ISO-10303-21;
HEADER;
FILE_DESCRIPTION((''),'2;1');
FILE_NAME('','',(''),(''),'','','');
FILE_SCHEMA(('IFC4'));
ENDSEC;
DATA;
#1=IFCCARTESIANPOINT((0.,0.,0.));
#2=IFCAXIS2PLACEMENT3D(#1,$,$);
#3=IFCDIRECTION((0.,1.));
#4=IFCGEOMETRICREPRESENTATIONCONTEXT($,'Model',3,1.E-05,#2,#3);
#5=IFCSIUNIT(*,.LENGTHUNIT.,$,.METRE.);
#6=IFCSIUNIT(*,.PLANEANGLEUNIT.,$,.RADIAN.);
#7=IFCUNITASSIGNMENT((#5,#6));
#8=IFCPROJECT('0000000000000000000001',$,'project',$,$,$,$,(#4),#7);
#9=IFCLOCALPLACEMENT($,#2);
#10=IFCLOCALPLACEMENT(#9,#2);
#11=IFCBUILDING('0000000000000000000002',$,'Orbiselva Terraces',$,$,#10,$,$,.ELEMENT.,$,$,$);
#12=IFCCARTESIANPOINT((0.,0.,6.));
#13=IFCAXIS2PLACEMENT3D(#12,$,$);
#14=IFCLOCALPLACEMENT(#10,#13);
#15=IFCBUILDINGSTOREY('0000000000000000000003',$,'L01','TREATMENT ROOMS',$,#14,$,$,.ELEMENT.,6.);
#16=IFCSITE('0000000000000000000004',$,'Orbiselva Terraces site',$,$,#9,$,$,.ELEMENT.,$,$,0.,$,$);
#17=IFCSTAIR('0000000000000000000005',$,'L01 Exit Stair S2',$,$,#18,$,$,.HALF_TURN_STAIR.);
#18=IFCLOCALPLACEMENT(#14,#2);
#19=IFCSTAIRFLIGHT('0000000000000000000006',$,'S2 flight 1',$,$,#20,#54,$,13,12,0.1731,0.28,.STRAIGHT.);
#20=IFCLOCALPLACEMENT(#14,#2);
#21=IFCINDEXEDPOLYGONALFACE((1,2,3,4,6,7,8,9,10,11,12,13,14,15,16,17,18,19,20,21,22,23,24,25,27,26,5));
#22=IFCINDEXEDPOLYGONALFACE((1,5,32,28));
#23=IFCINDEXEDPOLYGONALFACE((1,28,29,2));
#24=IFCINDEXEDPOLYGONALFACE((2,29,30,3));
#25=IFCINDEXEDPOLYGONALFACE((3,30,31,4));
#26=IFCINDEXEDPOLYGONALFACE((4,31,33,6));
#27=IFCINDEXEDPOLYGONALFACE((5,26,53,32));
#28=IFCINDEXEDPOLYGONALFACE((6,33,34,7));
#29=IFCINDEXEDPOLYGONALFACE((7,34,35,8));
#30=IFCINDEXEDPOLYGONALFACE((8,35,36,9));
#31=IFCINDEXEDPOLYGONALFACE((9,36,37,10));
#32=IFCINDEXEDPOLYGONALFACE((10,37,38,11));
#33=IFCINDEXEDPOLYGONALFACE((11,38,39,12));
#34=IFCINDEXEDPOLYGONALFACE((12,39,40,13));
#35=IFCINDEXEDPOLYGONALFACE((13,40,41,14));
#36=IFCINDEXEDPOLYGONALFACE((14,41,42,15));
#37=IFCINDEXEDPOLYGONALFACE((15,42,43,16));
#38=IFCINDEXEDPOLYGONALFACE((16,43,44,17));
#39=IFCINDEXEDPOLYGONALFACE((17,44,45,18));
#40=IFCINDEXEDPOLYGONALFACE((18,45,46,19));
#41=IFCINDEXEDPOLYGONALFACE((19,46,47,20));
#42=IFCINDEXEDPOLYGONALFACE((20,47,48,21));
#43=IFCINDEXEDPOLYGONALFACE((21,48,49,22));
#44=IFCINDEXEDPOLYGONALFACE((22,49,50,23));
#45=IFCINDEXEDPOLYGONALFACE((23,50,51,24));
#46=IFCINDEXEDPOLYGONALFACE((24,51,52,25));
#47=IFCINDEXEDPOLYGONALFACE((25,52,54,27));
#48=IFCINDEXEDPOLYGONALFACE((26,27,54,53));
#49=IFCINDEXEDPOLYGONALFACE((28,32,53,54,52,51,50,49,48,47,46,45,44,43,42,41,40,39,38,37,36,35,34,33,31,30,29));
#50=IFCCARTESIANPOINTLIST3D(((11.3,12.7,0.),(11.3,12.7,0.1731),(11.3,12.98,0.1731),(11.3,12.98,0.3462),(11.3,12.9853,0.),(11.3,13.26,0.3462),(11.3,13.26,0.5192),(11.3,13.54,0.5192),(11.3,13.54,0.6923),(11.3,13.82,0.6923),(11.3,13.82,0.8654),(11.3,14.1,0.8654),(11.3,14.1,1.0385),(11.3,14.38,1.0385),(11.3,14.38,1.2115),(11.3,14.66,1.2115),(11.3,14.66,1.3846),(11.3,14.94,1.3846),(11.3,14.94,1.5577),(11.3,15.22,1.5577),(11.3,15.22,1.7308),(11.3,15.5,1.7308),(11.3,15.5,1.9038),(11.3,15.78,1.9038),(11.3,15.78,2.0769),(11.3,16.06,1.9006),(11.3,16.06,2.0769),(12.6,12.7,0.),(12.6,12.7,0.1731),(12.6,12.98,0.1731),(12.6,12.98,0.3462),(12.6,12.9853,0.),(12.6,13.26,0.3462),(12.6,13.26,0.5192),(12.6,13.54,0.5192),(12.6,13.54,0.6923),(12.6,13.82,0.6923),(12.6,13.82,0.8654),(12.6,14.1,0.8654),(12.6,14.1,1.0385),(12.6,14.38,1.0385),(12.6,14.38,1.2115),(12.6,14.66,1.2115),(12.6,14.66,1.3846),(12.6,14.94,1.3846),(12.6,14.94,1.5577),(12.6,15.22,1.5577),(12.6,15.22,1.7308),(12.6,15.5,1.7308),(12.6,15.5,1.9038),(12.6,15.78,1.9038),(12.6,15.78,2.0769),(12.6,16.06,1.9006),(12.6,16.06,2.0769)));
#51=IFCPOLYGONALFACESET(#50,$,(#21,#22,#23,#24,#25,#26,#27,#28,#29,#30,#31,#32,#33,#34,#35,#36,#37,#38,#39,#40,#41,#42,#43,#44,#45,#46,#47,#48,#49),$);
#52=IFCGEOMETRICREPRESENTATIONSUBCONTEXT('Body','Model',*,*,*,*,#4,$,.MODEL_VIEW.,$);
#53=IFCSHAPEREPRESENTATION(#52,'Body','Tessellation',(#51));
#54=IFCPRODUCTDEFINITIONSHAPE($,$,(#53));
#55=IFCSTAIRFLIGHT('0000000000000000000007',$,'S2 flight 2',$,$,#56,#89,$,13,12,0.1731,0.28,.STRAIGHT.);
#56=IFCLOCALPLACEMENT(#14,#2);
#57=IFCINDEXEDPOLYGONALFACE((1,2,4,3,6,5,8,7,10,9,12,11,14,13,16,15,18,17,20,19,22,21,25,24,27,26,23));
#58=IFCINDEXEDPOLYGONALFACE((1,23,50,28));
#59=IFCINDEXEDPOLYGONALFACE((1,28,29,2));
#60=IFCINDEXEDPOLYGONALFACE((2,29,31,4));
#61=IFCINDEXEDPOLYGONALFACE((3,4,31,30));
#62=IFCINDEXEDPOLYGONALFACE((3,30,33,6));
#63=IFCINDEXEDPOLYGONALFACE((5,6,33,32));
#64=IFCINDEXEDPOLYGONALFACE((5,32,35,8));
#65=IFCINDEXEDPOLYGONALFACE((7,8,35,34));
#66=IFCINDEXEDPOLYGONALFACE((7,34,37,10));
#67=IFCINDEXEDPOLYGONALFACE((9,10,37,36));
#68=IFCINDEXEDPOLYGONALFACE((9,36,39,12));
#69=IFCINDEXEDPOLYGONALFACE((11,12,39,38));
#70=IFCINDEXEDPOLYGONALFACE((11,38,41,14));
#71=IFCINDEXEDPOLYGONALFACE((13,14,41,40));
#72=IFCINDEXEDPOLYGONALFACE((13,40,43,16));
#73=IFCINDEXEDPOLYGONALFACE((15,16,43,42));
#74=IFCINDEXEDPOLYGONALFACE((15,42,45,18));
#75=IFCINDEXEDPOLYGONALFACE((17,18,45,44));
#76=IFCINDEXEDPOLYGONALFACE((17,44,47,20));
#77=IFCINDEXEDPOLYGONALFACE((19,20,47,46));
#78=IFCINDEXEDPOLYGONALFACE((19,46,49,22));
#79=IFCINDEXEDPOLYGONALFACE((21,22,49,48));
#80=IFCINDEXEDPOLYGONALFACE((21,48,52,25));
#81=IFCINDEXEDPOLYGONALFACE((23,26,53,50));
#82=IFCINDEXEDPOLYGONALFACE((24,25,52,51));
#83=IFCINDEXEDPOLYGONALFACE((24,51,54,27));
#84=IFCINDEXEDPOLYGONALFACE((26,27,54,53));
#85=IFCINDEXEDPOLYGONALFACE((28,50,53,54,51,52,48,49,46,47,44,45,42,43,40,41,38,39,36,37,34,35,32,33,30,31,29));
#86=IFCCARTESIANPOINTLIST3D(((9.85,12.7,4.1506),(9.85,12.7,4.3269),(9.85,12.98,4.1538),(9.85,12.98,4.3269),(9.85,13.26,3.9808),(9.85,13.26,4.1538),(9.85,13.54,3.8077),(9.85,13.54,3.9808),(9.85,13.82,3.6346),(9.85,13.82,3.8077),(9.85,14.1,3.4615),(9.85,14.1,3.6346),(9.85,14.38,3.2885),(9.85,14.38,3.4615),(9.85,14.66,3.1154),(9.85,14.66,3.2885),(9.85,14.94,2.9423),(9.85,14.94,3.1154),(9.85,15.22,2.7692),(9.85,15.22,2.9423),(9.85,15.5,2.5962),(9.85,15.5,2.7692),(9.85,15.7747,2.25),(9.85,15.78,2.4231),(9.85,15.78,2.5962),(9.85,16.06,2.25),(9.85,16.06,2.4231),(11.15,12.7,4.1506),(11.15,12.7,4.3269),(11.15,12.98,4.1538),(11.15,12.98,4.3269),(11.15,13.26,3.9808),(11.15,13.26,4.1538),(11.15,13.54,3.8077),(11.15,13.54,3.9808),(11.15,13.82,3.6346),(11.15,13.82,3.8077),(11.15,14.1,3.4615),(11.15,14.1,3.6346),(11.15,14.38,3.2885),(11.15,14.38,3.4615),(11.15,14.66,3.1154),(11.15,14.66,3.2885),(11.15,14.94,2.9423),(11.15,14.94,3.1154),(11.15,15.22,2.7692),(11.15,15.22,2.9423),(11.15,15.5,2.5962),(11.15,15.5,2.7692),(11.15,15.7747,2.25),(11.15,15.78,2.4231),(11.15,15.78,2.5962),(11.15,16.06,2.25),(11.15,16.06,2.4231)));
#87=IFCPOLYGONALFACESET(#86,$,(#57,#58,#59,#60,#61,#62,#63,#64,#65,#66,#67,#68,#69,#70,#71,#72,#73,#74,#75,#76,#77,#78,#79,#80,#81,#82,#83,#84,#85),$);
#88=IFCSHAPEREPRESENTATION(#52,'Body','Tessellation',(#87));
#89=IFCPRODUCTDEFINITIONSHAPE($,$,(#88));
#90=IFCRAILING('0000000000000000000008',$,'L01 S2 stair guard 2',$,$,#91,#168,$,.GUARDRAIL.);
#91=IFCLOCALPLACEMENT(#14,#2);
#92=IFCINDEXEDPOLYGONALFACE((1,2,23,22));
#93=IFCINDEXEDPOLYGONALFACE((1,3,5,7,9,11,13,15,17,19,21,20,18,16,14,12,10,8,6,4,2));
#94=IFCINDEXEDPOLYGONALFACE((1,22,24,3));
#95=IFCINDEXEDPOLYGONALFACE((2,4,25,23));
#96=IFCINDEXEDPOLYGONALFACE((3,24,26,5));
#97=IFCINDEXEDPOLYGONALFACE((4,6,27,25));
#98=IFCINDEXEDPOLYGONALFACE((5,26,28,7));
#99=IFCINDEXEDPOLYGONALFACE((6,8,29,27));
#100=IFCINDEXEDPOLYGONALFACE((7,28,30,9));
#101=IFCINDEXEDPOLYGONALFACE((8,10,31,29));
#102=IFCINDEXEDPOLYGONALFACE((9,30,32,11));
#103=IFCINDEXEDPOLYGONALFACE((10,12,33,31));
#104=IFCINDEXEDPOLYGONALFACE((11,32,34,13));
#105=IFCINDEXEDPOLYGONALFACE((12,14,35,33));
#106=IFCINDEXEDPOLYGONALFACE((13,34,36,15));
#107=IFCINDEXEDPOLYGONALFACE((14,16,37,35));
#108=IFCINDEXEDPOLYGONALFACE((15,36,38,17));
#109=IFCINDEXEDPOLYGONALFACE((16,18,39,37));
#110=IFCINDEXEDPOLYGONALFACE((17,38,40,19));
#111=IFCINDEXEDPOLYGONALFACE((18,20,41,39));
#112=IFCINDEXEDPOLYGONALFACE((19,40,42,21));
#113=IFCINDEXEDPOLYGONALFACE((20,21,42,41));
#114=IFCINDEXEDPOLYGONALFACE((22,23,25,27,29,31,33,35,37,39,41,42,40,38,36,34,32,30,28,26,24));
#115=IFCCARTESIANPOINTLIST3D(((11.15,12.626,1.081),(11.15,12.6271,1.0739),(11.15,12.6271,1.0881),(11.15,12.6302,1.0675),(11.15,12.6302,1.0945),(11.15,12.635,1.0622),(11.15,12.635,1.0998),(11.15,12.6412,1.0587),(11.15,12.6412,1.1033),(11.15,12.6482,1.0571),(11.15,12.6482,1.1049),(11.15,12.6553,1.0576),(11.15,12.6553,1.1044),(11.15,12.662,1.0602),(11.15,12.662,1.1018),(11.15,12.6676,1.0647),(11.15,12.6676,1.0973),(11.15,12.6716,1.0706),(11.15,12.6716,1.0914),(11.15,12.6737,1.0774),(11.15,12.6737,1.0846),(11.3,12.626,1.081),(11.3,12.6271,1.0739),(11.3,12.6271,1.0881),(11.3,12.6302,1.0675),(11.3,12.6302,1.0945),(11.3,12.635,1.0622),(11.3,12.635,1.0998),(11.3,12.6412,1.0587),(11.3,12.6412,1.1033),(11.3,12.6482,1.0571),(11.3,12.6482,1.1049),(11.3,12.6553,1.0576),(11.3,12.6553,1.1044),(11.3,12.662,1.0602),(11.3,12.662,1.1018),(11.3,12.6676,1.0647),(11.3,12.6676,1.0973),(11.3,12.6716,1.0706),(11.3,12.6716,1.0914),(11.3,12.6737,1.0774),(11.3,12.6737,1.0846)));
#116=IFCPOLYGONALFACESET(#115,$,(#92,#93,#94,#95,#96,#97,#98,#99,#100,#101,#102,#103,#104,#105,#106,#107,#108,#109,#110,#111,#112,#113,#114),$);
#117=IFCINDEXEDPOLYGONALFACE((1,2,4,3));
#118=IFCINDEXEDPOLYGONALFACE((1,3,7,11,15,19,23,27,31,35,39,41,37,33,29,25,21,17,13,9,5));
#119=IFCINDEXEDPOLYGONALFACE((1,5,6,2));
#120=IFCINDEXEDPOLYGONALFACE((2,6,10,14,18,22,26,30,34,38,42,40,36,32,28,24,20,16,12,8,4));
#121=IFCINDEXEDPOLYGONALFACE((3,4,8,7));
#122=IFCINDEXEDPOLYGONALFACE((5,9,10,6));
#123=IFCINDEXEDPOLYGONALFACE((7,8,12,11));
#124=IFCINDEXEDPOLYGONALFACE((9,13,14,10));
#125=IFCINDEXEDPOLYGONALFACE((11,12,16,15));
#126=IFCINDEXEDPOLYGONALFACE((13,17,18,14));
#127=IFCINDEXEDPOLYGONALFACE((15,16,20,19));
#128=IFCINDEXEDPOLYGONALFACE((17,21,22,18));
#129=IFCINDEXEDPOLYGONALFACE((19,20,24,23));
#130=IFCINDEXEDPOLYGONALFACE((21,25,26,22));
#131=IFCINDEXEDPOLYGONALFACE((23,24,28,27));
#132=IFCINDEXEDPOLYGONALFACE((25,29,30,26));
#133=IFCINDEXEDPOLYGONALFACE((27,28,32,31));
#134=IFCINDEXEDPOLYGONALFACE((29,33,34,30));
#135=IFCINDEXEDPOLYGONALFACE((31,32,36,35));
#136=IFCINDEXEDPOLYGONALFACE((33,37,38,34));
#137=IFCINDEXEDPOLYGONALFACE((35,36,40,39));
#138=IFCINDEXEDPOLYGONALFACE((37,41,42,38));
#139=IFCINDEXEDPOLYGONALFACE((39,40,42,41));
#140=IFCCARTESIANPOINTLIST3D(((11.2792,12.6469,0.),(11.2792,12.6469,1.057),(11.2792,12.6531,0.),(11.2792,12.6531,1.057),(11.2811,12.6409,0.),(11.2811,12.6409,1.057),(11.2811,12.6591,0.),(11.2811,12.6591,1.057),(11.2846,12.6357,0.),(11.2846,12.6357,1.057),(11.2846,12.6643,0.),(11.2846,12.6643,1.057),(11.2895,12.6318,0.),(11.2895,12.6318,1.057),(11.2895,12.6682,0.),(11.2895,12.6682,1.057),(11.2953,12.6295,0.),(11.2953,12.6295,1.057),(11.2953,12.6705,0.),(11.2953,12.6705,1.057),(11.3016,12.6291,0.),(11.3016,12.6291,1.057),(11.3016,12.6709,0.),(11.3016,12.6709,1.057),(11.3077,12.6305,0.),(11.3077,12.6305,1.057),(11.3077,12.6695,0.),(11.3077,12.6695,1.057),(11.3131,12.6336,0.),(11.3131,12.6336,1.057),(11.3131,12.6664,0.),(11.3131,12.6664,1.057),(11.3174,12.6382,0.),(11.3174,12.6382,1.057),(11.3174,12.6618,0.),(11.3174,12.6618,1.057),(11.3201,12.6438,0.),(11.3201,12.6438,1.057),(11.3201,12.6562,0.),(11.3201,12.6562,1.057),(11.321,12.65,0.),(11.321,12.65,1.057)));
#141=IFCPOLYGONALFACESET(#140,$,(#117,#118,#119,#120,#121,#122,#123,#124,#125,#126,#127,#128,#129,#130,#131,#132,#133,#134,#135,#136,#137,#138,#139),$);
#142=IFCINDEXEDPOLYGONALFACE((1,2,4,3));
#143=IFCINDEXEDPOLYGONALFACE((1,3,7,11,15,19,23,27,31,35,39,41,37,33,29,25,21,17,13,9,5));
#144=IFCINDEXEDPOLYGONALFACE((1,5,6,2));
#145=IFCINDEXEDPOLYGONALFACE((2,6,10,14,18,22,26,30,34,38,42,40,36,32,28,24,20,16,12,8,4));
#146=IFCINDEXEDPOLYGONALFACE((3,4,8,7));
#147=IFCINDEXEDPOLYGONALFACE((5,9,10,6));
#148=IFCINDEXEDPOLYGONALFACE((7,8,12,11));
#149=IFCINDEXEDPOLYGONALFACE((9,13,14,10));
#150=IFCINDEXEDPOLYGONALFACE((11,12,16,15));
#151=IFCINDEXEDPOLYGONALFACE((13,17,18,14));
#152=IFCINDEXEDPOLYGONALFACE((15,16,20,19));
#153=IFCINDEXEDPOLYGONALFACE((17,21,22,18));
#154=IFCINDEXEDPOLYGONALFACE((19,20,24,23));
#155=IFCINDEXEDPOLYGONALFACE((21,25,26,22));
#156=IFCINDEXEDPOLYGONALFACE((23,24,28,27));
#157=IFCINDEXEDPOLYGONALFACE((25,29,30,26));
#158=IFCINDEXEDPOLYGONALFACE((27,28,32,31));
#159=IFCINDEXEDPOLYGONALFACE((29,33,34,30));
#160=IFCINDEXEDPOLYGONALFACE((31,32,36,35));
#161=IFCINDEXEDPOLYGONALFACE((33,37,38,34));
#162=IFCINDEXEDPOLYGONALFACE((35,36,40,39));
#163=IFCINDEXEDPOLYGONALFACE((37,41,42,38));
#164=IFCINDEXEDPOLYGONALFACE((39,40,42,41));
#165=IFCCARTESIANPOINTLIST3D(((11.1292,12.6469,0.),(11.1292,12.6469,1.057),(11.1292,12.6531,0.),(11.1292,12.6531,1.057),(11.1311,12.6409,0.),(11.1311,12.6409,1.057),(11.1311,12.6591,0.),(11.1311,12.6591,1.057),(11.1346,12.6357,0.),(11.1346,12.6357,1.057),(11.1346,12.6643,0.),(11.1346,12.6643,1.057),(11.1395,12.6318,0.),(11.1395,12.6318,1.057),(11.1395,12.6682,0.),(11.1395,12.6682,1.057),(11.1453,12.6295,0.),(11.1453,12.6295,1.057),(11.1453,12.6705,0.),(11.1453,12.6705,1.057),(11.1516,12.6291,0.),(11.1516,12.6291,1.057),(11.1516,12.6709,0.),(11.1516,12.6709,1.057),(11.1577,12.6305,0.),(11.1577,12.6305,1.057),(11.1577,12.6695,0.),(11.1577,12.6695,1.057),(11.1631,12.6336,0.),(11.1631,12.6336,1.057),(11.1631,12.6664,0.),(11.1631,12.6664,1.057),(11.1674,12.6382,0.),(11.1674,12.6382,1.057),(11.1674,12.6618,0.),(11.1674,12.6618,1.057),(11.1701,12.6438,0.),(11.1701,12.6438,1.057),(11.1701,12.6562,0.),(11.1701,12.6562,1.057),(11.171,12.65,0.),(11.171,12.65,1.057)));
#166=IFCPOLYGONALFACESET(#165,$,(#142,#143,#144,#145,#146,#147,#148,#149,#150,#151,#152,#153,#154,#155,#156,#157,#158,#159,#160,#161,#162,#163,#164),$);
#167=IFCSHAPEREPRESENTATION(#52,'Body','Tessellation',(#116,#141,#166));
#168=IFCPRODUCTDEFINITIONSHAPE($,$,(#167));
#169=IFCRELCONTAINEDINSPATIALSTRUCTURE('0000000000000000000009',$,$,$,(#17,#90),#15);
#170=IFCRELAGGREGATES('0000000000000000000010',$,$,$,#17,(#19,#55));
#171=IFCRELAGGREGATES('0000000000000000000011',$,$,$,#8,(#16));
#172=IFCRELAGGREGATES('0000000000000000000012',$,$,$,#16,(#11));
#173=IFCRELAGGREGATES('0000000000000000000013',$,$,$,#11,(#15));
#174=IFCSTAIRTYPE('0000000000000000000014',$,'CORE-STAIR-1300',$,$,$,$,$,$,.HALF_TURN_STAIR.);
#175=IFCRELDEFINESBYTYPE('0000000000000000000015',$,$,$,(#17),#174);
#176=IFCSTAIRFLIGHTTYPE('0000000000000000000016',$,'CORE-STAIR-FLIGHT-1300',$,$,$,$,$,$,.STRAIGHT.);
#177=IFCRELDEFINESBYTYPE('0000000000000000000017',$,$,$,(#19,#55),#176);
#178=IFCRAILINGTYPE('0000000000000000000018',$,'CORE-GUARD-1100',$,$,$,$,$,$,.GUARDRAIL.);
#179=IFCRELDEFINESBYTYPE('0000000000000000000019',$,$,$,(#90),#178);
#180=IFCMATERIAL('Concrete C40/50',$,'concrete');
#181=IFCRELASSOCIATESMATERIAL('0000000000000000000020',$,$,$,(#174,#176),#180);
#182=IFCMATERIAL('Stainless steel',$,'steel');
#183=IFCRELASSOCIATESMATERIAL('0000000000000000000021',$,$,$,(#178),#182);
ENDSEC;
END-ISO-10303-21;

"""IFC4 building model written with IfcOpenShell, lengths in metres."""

from ifc_helpers import new_model, si_unit, direction, frame, origin, origin_2d, place, context, subcontext, project, spatial, polyline, circle, outline, extrude, material, type_object, element, aggregate, save


model = new_model("IFC4")

# Units and contexts
model_context = context("Model", 3, precision=1e-05, world=origin(), true_north=direction((0.0, 1.0)))
body_context = subcontext(model_context, "Body", "Model", "MODEL_VIEW")
ifc_project = project(units=[si_unit("LENGTHUNIT", "METRE"), si_unit("PLANEANGLEUNIT", "RADIAN")], contexts=[model_context])

# Site, building, storey
site_placement = place(None, origin())
site = spatial("IfcSite", under=ifc_project, at=site_placement, Name="Orbiselva Terraces site", CompositionType="ELEMENT", RefElevation=0.0)
building_placement = place(site_placement, origin())
building = spatial("IfcBuilding", under=site, at=building_placement, Name="Orbiselva Terraces", CompositionType="ELEMENT")
storey_placement = place(building_placement, frame((0.0, 0.0, 6.0)))
storey = spatial("IfcBuildingStorey", under=building, at=storey_placement, Name="L01", Description="TREATMENT ROOMS", CompositionType="ELEMENT", Elevation=6.0)

# Shared definitions
ifc_material_1 = material(Name="Concrete C40/50", Category="concrete")

# Stair, stair flights
stair_type = type_object("IfcStairType", Name="CORE-STAIR-1300", PredefinedType="HALF_TURN_STAIR", material=ifc_material_1)
stair_placement = place(storey_placement, origin())
stair = element("IfcStair", 1, at=stair_placement, inside=storey, type_object=stair_type, Name="L01 Exit Stair S2", PredefinedType="HALF_TURN_STAIR")
stair_flight_type = type_object("IfcStairFlightType", Name="CORE-STAIR-FLIGHT-1300", PredefinedType="STRAIGHT", material=ifc_material_1)
stair_flight_1_placement = place(storey_placement, frame((11.95, 12.7, 0.0), z_axis=(0.0, 0.0, 1.0), x_axis=(0.0, 1.0, 0.0)))
stair_flight_1 = element("IfcStairFlight", 2, at=stair_flight_1_placement, type_object=stair_flight_type, Name="S2 flight 1", NumberOfRisers=13, NumberOfTreads=12, PredefinedType="STRAIGHT", RiserHeight=0.1731, TreadLength=0.28, context=body_context, shape_type="SweptSolid", body=[
    extrude(outline(polyline([(0.0, 0.0), (0.0, 0.1731), (0.28, 0.1731), (0.28, 0.3462), (0.56, 0.3462), (0.56, 0.5192), (0.84, 0.5192), (0.84, 0.6923), (1.12, 0.6923), (1.12, 0.8654), (1.4, 0.8654), (1.4, 1.0385), (1.68, 1.0385), (1.68, 1.2115), (1.96, 1.2115), (1.96, 1.3846), (2.24, 1.3846), (2.24, 1.5577), (2.52, 1.5577), (2.52, 1.7308), (2.8, 1.7308), (2.8, 1.9038), (3.08, 1.9038), (3.08, 2.0769), (3.36, 2.0769), (3.36, 2.25), (3.36, 1.9006), (0.2853, 0.0), (0.0, 0.0)])), frame((0.0, 0.65, 0.0), z_axis=(0.0, -1.0, 0.0), x_axis=(1.0, 0.0, 0.0)), (0.0, 0.0, 1.0), 1.3),
])
stair_flight_2_placement = place(storey_placement, frame((10.5, 16.06, 2.25), z_axis=(0.0, 0.0, 1.0), x_axis=(0.0, -1.0, 0.0)))
stair_flight_2 = element("IfcStairFlight", 3, at=stair_flight_2_placement, type_object=stair_flight_type, Name="S2 flight 2", NumberOfRisers=13, NumberOfTreads=12, PredefinedType="STRAIGHT", RiserHeight=0.1731, TreadLength=0.28, context=body_context, shape_type="SweptSolid", body=[
    extrude(outline(polyline([(0.0, 0.0), (0.0, 0.1731), (0.28, 0.1731), (0.28, 0.3462), (0.56, 0.3462), (0.56, 0.5192), (0.84, 0.5192), (0.84, 0.6923), (1.12, 0.6923), (1.12, 0.8654), (1.4, 0.8654), (1.4, 1.0385), (1.68, 1.0385), (1.68, 1.2115), (1.96, 1.2115), (1.96, 1.3846), (2.24, 1.3846), (2.24, 1.5577), (2.52, 1.5577), (2.52, 1.7308), (2.8, 1.7308), (2.8, 1.9038), (3.08, 1.9038), (3.08, 2.0769), (3.36, 2.0769), (3.36, 2.25), (3.36, 1.9006), (0.2853, 0.0), (0.0, 0.0)])), frame((0.0, 0.65, 0.0), z_axis=(0.0, -1.0, 0.0), x_axis=(1.0, 0.0, 0.0)), (0.0, 0.0, 1.0), 1.3),
])
aggregate(stair, [stair_flight_1, stair_flight_2])

# Railing
ifc_material_2 = material(Name="Stainless steel", Category="steel")
railing_type_1 = type_object("IfcRailingType", Name="CORE-GUARD-1100", PredefinedType="GUARDRAIL", material=ifc_material_2)
railing_1_placement = place(storey_placement, frame((11.3, 12.65, 0.0)))
element("IfcRailing", 4, at=railing_1_placement, inside=storey, type_object=railing_type_1, Name="L01 S2 stair guard 2", PredefinedType="GUARDRAIL", context=body_context, shape_type="SweptSolid", body=[
    extrude(circle(Radius=0.024, at=origin_2d()), frame((0.0, 0.0, 1.081), z_axis=(-1.0, 0.0, 0.0), x_axis=(0.0, -1.0, 0.0)), (0.0, 0.0, 1.0), 0.15),
    extrude(circle(Radius=0.021, at=origin_2d()), origin(), (0.0, 0.0, 1.0), 1.057),
    extrude(circle(Radius=0.021, at=origin_2d()), frame((-0.15, 0.0, 0.0)), (0.0, 0.0, 1.0), 1.057),
])

save(model, "model.ifc")
